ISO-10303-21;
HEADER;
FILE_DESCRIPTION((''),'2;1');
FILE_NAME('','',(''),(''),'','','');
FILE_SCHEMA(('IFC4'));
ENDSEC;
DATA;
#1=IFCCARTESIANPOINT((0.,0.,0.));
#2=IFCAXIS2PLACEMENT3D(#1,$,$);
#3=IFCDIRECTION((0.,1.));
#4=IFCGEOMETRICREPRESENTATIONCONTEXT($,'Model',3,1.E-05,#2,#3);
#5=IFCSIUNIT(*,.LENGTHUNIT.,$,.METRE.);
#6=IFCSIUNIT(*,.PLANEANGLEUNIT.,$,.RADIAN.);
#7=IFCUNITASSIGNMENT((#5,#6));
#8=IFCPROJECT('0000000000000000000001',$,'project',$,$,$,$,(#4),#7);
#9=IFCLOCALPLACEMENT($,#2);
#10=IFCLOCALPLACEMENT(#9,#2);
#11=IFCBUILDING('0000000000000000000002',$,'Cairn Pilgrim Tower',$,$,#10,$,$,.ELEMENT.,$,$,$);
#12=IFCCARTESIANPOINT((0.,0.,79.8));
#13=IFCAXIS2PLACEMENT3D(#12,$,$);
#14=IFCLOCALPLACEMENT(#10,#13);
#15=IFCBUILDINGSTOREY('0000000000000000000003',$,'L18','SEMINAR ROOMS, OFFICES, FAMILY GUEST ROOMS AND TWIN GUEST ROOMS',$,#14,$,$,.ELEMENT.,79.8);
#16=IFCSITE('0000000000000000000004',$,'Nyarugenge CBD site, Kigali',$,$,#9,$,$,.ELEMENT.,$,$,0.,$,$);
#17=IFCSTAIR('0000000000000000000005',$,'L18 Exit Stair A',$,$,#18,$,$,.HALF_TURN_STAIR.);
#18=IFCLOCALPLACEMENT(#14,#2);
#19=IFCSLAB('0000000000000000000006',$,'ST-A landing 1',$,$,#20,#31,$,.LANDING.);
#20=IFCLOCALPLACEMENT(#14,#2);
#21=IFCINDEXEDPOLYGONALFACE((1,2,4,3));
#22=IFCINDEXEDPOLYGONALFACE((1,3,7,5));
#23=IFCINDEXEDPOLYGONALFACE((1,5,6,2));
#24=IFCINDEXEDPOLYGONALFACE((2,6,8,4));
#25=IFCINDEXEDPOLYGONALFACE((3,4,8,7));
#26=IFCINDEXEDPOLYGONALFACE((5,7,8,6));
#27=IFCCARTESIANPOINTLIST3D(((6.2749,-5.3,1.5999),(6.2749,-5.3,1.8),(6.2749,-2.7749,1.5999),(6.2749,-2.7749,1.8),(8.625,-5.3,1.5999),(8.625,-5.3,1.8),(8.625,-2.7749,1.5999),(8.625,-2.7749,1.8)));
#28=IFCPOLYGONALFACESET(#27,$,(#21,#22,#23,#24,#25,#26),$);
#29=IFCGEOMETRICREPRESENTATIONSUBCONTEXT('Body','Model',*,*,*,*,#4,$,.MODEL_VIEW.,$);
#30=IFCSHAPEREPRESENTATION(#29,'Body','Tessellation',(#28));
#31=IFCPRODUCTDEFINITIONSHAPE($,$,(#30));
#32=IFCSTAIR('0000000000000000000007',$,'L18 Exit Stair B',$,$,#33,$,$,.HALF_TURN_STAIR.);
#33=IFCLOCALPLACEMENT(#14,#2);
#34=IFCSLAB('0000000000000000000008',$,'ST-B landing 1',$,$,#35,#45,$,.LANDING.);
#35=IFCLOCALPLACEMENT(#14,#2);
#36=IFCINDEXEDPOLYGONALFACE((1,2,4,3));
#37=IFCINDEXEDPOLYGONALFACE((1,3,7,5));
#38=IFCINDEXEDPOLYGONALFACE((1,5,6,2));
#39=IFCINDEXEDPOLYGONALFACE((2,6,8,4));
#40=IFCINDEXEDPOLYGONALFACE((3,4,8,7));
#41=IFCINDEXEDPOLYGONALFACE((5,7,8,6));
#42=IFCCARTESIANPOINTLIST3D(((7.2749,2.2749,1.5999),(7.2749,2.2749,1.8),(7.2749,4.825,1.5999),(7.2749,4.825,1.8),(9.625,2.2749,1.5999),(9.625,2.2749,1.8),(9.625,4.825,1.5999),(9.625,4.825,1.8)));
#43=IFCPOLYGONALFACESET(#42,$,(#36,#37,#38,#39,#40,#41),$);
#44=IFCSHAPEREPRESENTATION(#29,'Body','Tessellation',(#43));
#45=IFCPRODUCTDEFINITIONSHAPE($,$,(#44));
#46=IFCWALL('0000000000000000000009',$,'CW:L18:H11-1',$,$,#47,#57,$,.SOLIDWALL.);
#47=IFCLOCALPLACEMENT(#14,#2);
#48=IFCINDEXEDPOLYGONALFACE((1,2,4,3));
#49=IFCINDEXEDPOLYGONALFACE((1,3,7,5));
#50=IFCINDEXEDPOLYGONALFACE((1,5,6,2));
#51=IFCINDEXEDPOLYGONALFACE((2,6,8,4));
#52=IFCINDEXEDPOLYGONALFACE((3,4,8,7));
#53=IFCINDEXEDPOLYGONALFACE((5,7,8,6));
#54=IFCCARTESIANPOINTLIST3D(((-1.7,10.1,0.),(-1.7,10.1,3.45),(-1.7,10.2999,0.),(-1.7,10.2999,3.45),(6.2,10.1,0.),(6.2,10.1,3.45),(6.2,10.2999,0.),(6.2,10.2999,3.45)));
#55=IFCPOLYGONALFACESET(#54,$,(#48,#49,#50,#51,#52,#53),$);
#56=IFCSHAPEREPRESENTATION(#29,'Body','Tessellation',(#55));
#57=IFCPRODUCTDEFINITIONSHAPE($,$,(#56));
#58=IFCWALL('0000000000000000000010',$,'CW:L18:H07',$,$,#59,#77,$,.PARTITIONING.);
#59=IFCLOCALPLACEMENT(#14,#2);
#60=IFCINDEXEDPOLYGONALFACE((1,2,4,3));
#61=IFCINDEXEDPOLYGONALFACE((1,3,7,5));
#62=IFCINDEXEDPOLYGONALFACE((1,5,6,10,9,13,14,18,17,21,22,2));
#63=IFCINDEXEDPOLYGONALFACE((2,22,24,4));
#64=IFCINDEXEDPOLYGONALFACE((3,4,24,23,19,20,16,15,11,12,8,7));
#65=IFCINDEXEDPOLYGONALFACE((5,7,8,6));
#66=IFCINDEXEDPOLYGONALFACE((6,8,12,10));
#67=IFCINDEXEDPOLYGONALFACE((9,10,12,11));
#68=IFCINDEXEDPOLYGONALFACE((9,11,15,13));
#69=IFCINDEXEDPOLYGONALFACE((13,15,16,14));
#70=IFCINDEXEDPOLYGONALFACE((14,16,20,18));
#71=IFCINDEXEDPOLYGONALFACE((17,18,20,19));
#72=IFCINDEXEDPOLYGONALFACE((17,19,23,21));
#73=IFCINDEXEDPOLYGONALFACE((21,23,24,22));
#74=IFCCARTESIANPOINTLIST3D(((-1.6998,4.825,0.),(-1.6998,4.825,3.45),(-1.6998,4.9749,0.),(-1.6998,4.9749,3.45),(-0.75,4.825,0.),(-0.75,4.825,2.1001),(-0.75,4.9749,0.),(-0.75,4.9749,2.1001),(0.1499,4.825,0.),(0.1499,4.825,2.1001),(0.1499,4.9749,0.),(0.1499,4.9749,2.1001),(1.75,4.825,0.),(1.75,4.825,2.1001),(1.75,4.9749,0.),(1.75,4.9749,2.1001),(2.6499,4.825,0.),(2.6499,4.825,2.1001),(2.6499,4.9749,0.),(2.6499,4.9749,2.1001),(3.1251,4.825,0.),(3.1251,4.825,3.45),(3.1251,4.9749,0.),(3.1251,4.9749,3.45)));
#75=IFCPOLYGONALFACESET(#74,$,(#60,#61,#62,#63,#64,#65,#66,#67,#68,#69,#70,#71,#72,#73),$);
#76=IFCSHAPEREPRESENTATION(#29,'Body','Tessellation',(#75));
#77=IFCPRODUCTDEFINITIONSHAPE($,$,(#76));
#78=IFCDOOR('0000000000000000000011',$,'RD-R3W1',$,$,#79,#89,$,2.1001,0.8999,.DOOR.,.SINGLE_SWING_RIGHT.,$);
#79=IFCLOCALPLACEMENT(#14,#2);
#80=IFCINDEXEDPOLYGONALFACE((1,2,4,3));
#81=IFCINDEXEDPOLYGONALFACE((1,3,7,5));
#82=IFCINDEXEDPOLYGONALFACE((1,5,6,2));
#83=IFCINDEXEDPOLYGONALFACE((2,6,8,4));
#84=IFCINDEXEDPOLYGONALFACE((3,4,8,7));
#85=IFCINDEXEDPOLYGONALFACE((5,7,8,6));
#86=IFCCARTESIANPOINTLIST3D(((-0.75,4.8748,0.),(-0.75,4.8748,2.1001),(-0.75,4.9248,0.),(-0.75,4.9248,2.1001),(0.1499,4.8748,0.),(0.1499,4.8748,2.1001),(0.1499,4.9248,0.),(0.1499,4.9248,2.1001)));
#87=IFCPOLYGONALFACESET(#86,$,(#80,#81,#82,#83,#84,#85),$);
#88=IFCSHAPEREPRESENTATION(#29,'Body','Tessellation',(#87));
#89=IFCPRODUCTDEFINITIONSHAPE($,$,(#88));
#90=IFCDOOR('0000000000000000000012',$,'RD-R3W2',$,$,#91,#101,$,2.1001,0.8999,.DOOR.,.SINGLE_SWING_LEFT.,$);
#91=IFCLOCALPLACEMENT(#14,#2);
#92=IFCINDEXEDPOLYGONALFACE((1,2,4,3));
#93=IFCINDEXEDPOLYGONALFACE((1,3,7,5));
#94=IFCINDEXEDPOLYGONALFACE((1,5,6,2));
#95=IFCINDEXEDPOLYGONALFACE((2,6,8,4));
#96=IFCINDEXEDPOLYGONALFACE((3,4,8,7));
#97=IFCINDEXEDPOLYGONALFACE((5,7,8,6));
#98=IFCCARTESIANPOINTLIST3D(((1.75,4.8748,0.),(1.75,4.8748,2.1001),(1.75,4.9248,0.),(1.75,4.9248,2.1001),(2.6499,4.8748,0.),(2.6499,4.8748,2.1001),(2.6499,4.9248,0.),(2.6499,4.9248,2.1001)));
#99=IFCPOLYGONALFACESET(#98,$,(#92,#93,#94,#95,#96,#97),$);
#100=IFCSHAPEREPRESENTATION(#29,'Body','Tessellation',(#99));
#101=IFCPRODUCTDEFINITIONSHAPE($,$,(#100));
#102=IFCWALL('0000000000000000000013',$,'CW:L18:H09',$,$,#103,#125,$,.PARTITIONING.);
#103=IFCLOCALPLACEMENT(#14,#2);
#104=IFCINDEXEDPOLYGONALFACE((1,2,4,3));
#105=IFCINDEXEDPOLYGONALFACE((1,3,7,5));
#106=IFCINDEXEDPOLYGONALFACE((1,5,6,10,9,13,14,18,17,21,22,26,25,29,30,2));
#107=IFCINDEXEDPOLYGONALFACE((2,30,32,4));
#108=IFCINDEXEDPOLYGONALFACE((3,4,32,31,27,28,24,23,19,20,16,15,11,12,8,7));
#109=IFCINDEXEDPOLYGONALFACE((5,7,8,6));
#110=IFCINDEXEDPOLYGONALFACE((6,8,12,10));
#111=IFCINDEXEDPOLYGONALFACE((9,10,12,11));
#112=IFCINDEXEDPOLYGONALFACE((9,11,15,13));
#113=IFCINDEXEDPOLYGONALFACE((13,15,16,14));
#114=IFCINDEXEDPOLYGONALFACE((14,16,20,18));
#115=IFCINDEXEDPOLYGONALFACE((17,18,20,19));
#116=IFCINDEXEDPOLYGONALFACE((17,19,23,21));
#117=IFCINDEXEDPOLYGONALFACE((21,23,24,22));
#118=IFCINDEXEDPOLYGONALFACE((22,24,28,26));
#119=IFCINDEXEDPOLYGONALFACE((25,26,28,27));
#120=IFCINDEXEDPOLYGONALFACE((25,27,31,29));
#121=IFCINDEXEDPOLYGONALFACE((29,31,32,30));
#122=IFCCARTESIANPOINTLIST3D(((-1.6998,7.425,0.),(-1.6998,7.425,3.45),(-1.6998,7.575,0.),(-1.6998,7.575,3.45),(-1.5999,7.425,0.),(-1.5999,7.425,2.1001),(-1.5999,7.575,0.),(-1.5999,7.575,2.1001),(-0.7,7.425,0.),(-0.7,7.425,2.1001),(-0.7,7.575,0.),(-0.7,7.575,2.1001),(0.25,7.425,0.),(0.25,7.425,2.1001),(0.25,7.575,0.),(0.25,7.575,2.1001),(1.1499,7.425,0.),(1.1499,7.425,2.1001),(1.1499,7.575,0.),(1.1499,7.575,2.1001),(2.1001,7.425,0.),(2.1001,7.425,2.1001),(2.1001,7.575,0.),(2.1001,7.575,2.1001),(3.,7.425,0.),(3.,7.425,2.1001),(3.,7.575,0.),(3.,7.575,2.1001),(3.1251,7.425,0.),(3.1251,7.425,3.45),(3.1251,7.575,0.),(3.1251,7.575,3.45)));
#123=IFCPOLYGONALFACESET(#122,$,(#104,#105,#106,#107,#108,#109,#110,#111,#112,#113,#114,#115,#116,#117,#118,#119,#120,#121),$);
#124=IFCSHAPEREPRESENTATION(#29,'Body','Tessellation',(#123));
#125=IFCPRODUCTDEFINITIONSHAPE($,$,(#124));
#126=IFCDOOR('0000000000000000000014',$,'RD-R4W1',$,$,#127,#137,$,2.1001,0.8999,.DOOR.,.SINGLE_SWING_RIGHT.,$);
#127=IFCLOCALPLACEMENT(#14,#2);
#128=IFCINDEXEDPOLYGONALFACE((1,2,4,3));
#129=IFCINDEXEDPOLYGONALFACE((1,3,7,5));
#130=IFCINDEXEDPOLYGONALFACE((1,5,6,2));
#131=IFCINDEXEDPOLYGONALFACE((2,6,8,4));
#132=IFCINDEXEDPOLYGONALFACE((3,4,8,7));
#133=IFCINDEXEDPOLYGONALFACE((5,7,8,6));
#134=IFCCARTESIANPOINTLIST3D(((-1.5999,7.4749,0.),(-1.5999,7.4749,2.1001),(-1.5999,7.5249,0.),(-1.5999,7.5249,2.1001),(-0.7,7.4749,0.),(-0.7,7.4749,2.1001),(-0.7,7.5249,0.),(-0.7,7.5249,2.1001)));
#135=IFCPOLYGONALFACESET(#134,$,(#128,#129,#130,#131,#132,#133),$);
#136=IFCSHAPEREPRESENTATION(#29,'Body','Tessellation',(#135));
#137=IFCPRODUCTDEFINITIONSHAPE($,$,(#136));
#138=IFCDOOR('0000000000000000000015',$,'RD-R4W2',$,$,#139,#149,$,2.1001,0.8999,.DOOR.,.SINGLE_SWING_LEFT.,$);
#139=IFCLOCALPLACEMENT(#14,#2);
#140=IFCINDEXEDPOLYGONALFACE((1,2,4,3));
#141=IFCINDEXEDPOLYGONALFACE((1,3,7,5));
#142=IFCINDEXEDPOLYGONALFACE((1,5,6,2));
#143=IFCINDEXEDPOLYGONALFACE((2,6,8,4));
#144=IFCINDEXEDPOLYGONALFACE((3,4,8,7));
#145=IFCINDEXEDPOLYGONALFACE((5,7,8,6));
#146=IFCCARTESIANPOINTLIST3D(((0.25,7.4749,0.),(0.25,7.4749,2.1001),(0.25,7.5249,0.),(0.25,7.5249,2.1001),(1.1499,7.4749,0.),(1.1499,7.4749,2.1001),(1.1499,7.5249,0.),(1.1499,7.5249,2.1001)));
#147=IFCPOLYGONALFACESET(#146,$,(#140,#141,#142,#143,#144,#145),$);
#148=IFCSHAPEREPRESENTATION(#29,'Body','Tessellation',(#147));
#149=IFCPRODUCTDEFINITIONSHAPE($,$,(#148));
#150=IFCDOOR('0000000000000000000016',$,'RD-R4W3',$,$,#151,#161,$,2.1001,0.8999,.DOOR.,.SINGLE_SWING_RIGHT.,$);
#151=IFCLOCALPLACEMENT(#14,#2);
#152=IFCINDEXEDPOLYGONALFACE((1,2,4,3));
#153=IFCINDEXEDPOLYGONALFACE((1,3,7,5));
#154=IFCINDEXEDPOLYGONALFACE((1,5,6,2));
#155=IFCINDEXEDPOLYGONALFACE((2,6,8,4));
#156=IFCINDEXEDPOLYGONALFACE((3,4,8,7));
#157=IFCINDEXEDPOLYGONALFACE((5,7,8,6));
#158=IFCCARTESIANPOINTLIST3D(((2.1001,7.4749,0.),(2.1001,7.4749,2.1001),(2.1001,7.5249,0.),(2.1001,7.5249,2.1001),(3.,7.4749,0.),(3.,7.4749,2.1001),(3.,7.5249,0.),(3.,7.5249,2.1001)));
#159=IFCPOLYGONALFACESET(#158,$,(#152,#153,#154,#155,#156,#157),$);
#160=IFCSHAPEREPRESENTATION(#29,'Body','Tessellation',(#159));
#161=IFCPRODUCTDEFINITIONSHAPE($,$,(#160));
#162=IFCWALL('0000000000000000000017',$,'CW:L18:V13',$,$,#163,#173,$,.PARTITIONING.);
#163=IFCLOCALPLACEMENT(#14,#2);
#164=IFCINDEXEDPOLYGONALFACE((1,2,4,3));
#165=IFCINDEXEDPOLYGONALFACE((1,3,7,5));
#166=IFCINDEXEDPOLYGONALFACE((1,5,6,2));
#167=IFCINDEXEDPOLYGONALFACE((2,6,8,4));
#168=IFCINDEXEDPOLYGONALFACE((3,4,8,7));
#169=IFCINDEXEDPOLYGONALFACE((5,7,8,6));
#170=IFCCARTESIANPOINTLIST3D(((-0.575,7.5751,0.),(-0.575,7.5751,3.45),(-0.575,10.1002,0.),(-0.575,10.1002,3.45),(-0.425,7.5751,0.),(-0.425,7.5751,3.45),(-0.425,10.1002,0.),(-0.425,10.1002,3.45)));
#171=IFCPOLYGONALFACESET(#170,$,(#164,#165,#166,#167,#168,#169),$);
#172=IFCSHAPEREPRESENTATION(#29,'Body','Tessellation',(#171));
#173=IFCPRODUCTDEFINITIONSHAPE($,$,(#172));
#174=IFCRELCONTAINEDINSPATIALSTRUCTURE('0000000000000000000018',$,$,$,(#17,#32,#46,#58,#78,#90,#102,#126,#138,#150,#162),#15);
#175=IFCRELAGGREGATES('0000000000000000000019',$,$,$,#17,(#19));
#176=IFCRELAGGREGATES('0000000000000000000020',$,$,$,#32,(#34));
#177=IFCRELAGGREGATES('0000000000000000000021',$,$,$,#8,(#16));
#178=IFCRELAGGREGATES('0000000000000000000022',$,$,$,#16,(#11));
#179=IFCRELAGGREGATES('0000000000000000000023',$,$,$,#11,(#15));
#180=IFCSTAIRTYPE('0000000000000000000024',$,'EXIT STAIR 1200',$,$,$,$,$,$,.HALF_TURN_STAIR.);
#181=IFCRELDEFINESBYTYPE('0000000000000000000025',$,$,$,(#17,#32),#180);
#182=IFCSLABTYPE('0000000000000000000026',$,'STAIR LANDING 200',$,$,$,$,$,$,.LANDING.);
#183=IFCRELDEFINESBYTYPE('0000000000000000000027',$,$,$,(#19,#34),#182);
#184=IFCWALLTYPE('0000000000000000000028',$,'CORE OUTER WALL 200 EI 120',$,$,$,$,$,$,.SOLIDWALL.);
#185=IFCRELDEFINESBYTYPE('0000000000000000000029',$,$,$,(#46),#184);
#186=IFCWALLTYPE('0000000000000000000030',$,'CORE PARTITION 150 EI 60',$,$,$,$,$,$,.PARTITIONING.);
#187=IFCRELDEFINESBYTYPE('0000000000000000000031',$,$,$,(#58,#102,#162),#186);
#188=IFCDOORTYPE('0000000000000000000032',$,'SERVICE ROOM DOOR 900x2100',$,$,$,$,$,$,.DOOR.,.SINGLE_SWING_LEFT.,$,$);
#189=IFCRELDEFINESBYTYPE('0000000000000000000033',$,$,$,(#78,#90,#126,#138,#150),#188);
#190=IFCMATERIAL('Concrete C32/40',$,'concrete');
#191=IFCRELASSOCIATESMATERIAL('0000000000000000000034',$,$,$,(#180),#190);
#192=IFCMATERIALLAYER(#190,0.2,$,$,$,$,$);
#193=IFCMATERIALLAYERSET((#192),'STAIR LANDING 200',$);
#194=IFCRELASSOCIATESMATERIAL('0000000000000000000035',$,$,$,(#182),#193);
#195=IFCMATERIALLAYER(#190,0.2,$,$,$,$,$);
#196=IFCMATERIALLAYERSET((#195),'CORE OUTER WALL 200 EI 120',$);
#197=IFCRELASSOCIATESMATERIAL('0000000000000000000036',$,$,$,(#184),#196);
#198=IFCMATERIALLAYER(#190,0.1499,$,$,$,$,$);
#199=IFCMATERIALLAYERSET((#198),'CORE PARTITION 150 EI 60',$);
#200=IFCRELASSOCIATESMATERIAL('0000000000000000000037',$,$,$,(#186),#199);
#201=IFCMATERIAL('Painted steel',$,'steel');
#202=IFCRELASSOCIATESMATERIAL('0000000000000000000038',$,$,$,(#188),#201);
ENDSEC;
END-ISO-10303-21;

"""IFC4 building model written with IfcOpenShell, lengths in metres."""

from ifc_helpers import new_model, si_unit, direction, frame, frame_2d, origin, place, context, subcontext, project, spatial, polyline, rectangle, outline, extrude, material, layer, layer_set, type_object, element, fill, aggregate, save


model = new_model("IFC4")

# Units and contexts
model_context = context("Model", 3, precision=1e-05, world=origin(), true_north=direction((0.0, 1.0)))
body_context = subcontext(model_context, "Body", "Model", "MODEL_VIEW")
ifc_project = project(units=[si_unit("LENGTHUNIT", "METRE"), si_unit("PLANEANGLEUNIT", "RADIAN")], contexts=[model_context])

# Site, building, storey
site_placement = place(None, origin())
site = spatial("IfcSite", under=ifc_project, at=site_placement, Name="Nyarugenge CBD site, Kigali", CompositionType="ELEMENT", RefElevation=0.0)
building_placement = place(site_placement, origin())
building = spatial("IfcBuilding", under=site, at=building_placement, Name="Cairn Pilgrim Tower", CompositionType="ELEMENT")
storey_placement = place(building_placement, frame((0.0, 0.0, 79.8)))
storey = spatial("IfcBuildingStorey", under=building, at=storey_placement, Name="L18", Description="SEMINAR ROOMS, OFFICES, FAMILY GUEST ROOMS AND TWIN GUEST ROOMS", CompositionType="ELEMENT", Elevation=79.8)

# Stairs, slabs
ifc_material_1 = material(Name="Concrete C32/40", Category="concrete")
stair_type = type_object("IfcStairType", Name="EXIT STAIR 1200", PredefinedType="HALF_TURN_STAIR", material=ifc_material_1)
stair_1_placement = place(storey_placement, origin())
stair_1 = element("IfcStair", 1, at=stair_1_placement, inside=storey, type_object=stair_type, Name="L18 Exit Stair A", PredefinedType="HALF_TURN_STAIR")
ifc_layer_1 = layer(ifc_material_1, 0.2)
ifc_layer_set_1 = layer_set([ifc_layer_1], Name="STAIR LANDING 200")
slab_type_1 = type_object("IfcSlabType", Name="STAIR LANDING 200", PredefinedType="LANDING", material=ifc_layer_set_1)
slab_1_placement = place(storey_placement, frame((0.0, 0.0, 1.5999)))
slab_1 = element("IfcSlab", 2, at=slab_1_placement, type_object=slab_type_1, Name="ST-A landing 1", PredefinedType="LANDING", context=body_context, shape_type="SweptSolid", body=[
    extrude(outline(polyline([(8.625, -2.7749), (6.2749, -2.7749), (6.2749, -5.3), (8.625, -5.3), (8.625, -2.7749)])), origin(), (0.0, 0.0, 1.0), 0.2002),
])
aggregate(stair_1, [slab_1])
stair_2_placement = place(storey_placement, origin())
stair_2 = element("IfcStair", 3, at=stair_2_placement, inside=storey, type_object=stair_type, Name="L18 Exit Stair B", PredefinedType="HALF_TURN_STAIR")
slab_2_placement = place(storey_placement, frame((0.0, 0.0, 1.5999)))
slab_2 = element("IfcSlab", 4, at=slab_2_placement, type_object=slab_type_1, Name="ST-B landing 1", PredefinedType="LANDING", context=body_context, shape_type="SweptSolid", body=[
    extrude(outline(polyline([(7.2749, 2.2749), (9.625, 2.2749), (9.625, 4.825), (7.2749, 4.825), (7.2749, 2.2749)])), origin(), (0.0, 0.0, 1.0), 0.2002),
])
aggregate(stair_2, [slab_2])

# Wall
ifc_layer_2 = layer(ifc_material_1, 0.2)
ifc_layer_set_2 = layer_set([ifc_layer_2], Name="CORE OUTER WALL 200 EI 120")
wall_type_1 = type_object("IfcWallType", Name="CORE OUTER WALL 200 EI 120", PredefinedType="SOLIDWALL", material=ifc_layer_set_2)
wall_1_placement = place(storey_placement, frame((-1.7, 10.2, 0.0), z_axis=(0.0, 0.0, 1.0), x_axis=(1.0, 0.0, 0.0)))
element("IfcWall", 5, at=wall_1_placement, inside=storey, type_object=wall_type_1, Name="CW:L18:H11-1", PredefinedType="SOLIDWALL", context=body_context, shape_type="SweptSolid", body=[
    extrude(rectangle(XDim=7.8999, YDim=0.2, at=frame_2d((3.95, 0.0))), origin(), (0.0, 0.0, 1.0), 3.45),
])

# Walls, openings, doors
ifc_layer_3 = layer(ifc_material_1, 0.1499)
ifc_layer_set_3 = layer_set([ifc_layer_3], Name="CORE PARTITION 150 EI 60")
wall_type_2 = type_object("IfcWallType", Name="CORE PARTITION 150 EI 60", PredefinedType="PARTITIONING", material=ifc_layer_set_3)
wall_2_placement = place(storey_placement, frame((-1.7, 4.8999, 0.0), z_axis=(0.0, 0.0, 1.0), x_axis=(1.0, 0.0, 0.0)))
wall_2 = element("IfcWall", 6, at=wall_2_placement, inside=storey, type_object=wall_type_2, Name="CW:L18:H07", PredefinedType="PARTITIONING", context=body_context, shape_type="SweptSolid", body=[
    extrude(rectangle(XDim=4.825, YDim=0.1499, at=frame_2d((2.4126, 0.0))), origin(), (0.0, 0.0, 1.0), 3.45),
])
opening_1_placement = place(wall_2_placement, frame((0.95, 0.0, 0.0)))
opening_1 = element("IfcOpeningElement", 7, at=opening_1_placement, cuts=wall_2, PredefinedType="OPENING", context=body_context, shape_type="SweptSolid", body=[
    extrude(rectangle(XDim=0.8999, YDim=2.1001, at=frame_2d((0.45, 1.05))), frame((0.0, 0.085, 0.0), z_axis=(0.0, -1.0, 0.0), x_axis=(1.0, 0.0, 0.0)), (0.0, 0.0, 1.0), 0.1699),
])
opening_2_placement = place(wall_2_placement, frame((3.45, 0.0, 0.0)))
opening_2 = element("IfcOpeningElement", 8, at=opening_2_placement, cuts=wall_2, PredefinedType="OPENING", context=body_context, shape_type="SweptSolid", body=[
    extrude(rectangle(XDim=0.8999, YDim=2.1001, at=frame_2d((0.45, 1.05))), frame((0.0, 0.085, 0.0), z_axis=(0.0, -1.0, 0.0), x_axis=(1.0, 0.0, 0.0)), (0.0, 0.0, 1.0), 0.1699),
])
ifc_material_2 = material(Name="Painted steel", Category="steel")
door_type = type_object("IfcDoorType", Name="SERVICE ROOM DOOR 900x2100", OperationType="SINGLE_SWING_LEFT", PredefinedType="DOOR", material=ifc_material_2)
door_1_placement = place(opening_1_placement, origin())
door_1 = element("IfcDoor", 9, at=door_1_placement, inside=storey, type_object=door_type, Name="RD-R3W1", OperationType="SINGLE_SWING_RIGHT", OverallHeight=2.1001, OverallWidth=0.8999, PredefinedType="DOOR", context=body_context, shape_type="SweptSolid", body=[
    extrude(rectangle(XDim=0.8999, YDim=2.1001, at=frame_2d((0.45, 1.05))), frame((0.0, 0.0249, 0.0), z_axis=(0.0, -1.0, 0.0), x_axis=(1.0, 0.0, 0.0)), (0.0, 0.0, 1.0), 0.05),
])
fill(opening_1, door_1)
door_2_placement = place(opening_2_placement, origin())
door_2 = element("IfcDoor", 10, at=door_2_placement, inside=storey, type_object=door_type, Name="RD-R3W2", OperationType="SINGLE_SWING_LEFT", OverallHeight=2.1001, OverallWidth=0.8999, PredefinedType="DOOR", context=body_context, shape_type="SweptSolid", body=[
    extrude(rectangle(XDim=0.8999, YDim=2.1001, at=frame_2d((0.45, 1.05))), frame((0.0, 0.0249, 0.0), z_axis=(0.0, -1.0, 0.0), x_axis=(1.0, 0.0, 0.0)), (0.0, 0.0, 1.0), 0.05),
])
fill(opening_2, door_2)
wall_3_placement = place(storey_placement, frame((-1.7, 7.5, 0.0), z_axis=(0.0, 0.0, 1.0), x_axis=(1.0, 0.0, 0.0)))
wall_3 = element("IfcWall", 11, at=wall_3_placement, inside=storey, type_object=wall_type_2, Name="CW:L18:H09", PredefinedType="PARTITIONING", context=body_context, shape_type="SweptSolid", body=[
    extrude(rectangle(XDim=4.825, YDim=0.1499, at=frame_2d((2.4126, 0.0))), origin(), (0.0, 0.0, 1.0), 3.45),
])
opening_3_placement = place(wall_3_placement, frame((0.1001, 0.0, 0.0)))
opening_3 = element("IfcOpeningElement", 12, at=opening_3_placement, cuts=wall_3, PredefinedType="OPENING", context=body_context, shape_type="SweptSolid", body=[
    extrude(rectangle(XDim=0.8999, YDim=2.1001, at=frame_2d((0.45, 1.05))), frame((0.0, 0.085, 0.0), z_axis=(0.0, -1.0, 0.0), x_axis=(1.0, 0.0, 0.0)), (0.0, 0.0, 1.0), 0.1699),
])
opening_4_placement = place(wall_3_placement, frame((1.95, 0.0, 0.0)))
opening_4 = element("IfcOpeningElement", 13, at=opening_4_placement, cuts=wall_3, PredefinedType="OPENING", context=body_context, shape_type="SweptSolid", body=[
    extrude(rectangle(XDim=0.8999, YDim=2.1001, at=frame_2d((0.45, 1.05))), frame((0.0, 0.085, 0.0), z_axis=(0.0, -1.0, 0.0), x_axis=(1.0, 0.0, 0.0)), (0.0, 0.0, 1.0), 0.1699),
])
opening_5_placement = place(wall_3_placement, frame((3.8, 0.0, 0.0)))
opening_5 = element("IfcOpeningElement", 14, at=opening_5_placement, cuts=wall_3, PredefinedType="OPENING", context=body_context, shape_type="SweptSolid", body=[
    extrude(rectangle(XDim=0.8999, YDim=2.1001, at=frame_2d((0.45, 1.05))), frame((0.0, 0.085, 0.0), z_axis=(0.0, -1.0, 0.0), x_axis=(1.0, 0.0, 0.0)), (0.0, 0.0, 1.0), 0.1699),
])
door_3_placement = place(opening_3_placement, origin())
door_3 = element("IfcDoor", 15, at=door_3_placement, inside=storey, type_object=door_type, Name="RD-R4W1", OperationType="SINGLE_SWING_RIGHT", OverallHeight=2.1001, OverallWidth=0.8999, PredefinedType="DOOR", context=body_context, shape_type="SweptSolid", body=[
    extrude(rectangle(XDim=0.8999, YDim=2.1001, at=frame_2d((0.45, 1.05))), frame((0.0, 0.0249, 0.0), z_axis=(0.0, -1.0, 0.0), x_axis=(1.0, 0.0, 0.0)), (0.0, 0.0, 1.0), 0.05),
])
fill(opening_3, door_3)
door_4_placement = place(opening_4_placement, origin())
door_4 = element("IfcDoor", 16, at=door_4_placement, inside=storey, type_object=door_type, Name="RD-R4W2", OperationType="SINGLE_SWING_LEFT", OverallHeight=2.1001, OverallWidth=0.8999, PredefinedType="DOOR", context=body_context, shape_type="SweptSolid", body=[
    extrude(rectangle(XDim=0.8999, YDim=2.1001, at=frame_2d((0.45, 1.05))), frame((0.0, 0.0249, 0.0), z_axis=(0.0, -1.0, 0.0), x_axis=(1.0, 0.0, 0.0)), (0.0, 0.0, 1.0), 0.05),
])
fill(opening_4, door_4)
door_5_placement = place(opening_5_placement, origin())
door_5 = element("IfcDoor", 17, at=door_5_placement, inside=storey, type_object=door_type, Name="RD-R4W3", OperationType="SINGLE_SWING_RIGHT", OverallHeight=2.1001, OverallWidth=0.8999, PredefinedType="DOOR", context=body_context, shape_type="SweptSolid", body=[
    extrude(rectangle(XDim=0.8999, YDim=2.1001, at=frame_2d((0.45, 1.05))), frame((0.0, 0.0249, 0.0), z_axis=(0.0, -1.0, 0.0), x_axis=(1.0, 0.0, 0.0)), (0.0, 0.0, 1.0), 0.05),
])
fill(opening_5, door_5)

# Wall
wall_4_placement = place(storey_placement, frame((-0.5, 7.575, 0.0), z_axis=(0.0, 0.0, 1.0), x_axis=(0.0, 1.0, 0.0)))
element("IfcWall", 18, at=wall_4_placement, inside=storey, type_object=wall_type_2, Name="CW:L18:V13", PredefinedType="PARTITIONING", context=body_context, shape_type="SweptSolid", body=[
    extrude(rectangle(XDim=2.5251, YDim=0.1499, at=frame_2d((1.2627, 0.0))), origin(), (0.0, 0.0, 1.0), 3.45),
])

save(model, "model.ifc")
